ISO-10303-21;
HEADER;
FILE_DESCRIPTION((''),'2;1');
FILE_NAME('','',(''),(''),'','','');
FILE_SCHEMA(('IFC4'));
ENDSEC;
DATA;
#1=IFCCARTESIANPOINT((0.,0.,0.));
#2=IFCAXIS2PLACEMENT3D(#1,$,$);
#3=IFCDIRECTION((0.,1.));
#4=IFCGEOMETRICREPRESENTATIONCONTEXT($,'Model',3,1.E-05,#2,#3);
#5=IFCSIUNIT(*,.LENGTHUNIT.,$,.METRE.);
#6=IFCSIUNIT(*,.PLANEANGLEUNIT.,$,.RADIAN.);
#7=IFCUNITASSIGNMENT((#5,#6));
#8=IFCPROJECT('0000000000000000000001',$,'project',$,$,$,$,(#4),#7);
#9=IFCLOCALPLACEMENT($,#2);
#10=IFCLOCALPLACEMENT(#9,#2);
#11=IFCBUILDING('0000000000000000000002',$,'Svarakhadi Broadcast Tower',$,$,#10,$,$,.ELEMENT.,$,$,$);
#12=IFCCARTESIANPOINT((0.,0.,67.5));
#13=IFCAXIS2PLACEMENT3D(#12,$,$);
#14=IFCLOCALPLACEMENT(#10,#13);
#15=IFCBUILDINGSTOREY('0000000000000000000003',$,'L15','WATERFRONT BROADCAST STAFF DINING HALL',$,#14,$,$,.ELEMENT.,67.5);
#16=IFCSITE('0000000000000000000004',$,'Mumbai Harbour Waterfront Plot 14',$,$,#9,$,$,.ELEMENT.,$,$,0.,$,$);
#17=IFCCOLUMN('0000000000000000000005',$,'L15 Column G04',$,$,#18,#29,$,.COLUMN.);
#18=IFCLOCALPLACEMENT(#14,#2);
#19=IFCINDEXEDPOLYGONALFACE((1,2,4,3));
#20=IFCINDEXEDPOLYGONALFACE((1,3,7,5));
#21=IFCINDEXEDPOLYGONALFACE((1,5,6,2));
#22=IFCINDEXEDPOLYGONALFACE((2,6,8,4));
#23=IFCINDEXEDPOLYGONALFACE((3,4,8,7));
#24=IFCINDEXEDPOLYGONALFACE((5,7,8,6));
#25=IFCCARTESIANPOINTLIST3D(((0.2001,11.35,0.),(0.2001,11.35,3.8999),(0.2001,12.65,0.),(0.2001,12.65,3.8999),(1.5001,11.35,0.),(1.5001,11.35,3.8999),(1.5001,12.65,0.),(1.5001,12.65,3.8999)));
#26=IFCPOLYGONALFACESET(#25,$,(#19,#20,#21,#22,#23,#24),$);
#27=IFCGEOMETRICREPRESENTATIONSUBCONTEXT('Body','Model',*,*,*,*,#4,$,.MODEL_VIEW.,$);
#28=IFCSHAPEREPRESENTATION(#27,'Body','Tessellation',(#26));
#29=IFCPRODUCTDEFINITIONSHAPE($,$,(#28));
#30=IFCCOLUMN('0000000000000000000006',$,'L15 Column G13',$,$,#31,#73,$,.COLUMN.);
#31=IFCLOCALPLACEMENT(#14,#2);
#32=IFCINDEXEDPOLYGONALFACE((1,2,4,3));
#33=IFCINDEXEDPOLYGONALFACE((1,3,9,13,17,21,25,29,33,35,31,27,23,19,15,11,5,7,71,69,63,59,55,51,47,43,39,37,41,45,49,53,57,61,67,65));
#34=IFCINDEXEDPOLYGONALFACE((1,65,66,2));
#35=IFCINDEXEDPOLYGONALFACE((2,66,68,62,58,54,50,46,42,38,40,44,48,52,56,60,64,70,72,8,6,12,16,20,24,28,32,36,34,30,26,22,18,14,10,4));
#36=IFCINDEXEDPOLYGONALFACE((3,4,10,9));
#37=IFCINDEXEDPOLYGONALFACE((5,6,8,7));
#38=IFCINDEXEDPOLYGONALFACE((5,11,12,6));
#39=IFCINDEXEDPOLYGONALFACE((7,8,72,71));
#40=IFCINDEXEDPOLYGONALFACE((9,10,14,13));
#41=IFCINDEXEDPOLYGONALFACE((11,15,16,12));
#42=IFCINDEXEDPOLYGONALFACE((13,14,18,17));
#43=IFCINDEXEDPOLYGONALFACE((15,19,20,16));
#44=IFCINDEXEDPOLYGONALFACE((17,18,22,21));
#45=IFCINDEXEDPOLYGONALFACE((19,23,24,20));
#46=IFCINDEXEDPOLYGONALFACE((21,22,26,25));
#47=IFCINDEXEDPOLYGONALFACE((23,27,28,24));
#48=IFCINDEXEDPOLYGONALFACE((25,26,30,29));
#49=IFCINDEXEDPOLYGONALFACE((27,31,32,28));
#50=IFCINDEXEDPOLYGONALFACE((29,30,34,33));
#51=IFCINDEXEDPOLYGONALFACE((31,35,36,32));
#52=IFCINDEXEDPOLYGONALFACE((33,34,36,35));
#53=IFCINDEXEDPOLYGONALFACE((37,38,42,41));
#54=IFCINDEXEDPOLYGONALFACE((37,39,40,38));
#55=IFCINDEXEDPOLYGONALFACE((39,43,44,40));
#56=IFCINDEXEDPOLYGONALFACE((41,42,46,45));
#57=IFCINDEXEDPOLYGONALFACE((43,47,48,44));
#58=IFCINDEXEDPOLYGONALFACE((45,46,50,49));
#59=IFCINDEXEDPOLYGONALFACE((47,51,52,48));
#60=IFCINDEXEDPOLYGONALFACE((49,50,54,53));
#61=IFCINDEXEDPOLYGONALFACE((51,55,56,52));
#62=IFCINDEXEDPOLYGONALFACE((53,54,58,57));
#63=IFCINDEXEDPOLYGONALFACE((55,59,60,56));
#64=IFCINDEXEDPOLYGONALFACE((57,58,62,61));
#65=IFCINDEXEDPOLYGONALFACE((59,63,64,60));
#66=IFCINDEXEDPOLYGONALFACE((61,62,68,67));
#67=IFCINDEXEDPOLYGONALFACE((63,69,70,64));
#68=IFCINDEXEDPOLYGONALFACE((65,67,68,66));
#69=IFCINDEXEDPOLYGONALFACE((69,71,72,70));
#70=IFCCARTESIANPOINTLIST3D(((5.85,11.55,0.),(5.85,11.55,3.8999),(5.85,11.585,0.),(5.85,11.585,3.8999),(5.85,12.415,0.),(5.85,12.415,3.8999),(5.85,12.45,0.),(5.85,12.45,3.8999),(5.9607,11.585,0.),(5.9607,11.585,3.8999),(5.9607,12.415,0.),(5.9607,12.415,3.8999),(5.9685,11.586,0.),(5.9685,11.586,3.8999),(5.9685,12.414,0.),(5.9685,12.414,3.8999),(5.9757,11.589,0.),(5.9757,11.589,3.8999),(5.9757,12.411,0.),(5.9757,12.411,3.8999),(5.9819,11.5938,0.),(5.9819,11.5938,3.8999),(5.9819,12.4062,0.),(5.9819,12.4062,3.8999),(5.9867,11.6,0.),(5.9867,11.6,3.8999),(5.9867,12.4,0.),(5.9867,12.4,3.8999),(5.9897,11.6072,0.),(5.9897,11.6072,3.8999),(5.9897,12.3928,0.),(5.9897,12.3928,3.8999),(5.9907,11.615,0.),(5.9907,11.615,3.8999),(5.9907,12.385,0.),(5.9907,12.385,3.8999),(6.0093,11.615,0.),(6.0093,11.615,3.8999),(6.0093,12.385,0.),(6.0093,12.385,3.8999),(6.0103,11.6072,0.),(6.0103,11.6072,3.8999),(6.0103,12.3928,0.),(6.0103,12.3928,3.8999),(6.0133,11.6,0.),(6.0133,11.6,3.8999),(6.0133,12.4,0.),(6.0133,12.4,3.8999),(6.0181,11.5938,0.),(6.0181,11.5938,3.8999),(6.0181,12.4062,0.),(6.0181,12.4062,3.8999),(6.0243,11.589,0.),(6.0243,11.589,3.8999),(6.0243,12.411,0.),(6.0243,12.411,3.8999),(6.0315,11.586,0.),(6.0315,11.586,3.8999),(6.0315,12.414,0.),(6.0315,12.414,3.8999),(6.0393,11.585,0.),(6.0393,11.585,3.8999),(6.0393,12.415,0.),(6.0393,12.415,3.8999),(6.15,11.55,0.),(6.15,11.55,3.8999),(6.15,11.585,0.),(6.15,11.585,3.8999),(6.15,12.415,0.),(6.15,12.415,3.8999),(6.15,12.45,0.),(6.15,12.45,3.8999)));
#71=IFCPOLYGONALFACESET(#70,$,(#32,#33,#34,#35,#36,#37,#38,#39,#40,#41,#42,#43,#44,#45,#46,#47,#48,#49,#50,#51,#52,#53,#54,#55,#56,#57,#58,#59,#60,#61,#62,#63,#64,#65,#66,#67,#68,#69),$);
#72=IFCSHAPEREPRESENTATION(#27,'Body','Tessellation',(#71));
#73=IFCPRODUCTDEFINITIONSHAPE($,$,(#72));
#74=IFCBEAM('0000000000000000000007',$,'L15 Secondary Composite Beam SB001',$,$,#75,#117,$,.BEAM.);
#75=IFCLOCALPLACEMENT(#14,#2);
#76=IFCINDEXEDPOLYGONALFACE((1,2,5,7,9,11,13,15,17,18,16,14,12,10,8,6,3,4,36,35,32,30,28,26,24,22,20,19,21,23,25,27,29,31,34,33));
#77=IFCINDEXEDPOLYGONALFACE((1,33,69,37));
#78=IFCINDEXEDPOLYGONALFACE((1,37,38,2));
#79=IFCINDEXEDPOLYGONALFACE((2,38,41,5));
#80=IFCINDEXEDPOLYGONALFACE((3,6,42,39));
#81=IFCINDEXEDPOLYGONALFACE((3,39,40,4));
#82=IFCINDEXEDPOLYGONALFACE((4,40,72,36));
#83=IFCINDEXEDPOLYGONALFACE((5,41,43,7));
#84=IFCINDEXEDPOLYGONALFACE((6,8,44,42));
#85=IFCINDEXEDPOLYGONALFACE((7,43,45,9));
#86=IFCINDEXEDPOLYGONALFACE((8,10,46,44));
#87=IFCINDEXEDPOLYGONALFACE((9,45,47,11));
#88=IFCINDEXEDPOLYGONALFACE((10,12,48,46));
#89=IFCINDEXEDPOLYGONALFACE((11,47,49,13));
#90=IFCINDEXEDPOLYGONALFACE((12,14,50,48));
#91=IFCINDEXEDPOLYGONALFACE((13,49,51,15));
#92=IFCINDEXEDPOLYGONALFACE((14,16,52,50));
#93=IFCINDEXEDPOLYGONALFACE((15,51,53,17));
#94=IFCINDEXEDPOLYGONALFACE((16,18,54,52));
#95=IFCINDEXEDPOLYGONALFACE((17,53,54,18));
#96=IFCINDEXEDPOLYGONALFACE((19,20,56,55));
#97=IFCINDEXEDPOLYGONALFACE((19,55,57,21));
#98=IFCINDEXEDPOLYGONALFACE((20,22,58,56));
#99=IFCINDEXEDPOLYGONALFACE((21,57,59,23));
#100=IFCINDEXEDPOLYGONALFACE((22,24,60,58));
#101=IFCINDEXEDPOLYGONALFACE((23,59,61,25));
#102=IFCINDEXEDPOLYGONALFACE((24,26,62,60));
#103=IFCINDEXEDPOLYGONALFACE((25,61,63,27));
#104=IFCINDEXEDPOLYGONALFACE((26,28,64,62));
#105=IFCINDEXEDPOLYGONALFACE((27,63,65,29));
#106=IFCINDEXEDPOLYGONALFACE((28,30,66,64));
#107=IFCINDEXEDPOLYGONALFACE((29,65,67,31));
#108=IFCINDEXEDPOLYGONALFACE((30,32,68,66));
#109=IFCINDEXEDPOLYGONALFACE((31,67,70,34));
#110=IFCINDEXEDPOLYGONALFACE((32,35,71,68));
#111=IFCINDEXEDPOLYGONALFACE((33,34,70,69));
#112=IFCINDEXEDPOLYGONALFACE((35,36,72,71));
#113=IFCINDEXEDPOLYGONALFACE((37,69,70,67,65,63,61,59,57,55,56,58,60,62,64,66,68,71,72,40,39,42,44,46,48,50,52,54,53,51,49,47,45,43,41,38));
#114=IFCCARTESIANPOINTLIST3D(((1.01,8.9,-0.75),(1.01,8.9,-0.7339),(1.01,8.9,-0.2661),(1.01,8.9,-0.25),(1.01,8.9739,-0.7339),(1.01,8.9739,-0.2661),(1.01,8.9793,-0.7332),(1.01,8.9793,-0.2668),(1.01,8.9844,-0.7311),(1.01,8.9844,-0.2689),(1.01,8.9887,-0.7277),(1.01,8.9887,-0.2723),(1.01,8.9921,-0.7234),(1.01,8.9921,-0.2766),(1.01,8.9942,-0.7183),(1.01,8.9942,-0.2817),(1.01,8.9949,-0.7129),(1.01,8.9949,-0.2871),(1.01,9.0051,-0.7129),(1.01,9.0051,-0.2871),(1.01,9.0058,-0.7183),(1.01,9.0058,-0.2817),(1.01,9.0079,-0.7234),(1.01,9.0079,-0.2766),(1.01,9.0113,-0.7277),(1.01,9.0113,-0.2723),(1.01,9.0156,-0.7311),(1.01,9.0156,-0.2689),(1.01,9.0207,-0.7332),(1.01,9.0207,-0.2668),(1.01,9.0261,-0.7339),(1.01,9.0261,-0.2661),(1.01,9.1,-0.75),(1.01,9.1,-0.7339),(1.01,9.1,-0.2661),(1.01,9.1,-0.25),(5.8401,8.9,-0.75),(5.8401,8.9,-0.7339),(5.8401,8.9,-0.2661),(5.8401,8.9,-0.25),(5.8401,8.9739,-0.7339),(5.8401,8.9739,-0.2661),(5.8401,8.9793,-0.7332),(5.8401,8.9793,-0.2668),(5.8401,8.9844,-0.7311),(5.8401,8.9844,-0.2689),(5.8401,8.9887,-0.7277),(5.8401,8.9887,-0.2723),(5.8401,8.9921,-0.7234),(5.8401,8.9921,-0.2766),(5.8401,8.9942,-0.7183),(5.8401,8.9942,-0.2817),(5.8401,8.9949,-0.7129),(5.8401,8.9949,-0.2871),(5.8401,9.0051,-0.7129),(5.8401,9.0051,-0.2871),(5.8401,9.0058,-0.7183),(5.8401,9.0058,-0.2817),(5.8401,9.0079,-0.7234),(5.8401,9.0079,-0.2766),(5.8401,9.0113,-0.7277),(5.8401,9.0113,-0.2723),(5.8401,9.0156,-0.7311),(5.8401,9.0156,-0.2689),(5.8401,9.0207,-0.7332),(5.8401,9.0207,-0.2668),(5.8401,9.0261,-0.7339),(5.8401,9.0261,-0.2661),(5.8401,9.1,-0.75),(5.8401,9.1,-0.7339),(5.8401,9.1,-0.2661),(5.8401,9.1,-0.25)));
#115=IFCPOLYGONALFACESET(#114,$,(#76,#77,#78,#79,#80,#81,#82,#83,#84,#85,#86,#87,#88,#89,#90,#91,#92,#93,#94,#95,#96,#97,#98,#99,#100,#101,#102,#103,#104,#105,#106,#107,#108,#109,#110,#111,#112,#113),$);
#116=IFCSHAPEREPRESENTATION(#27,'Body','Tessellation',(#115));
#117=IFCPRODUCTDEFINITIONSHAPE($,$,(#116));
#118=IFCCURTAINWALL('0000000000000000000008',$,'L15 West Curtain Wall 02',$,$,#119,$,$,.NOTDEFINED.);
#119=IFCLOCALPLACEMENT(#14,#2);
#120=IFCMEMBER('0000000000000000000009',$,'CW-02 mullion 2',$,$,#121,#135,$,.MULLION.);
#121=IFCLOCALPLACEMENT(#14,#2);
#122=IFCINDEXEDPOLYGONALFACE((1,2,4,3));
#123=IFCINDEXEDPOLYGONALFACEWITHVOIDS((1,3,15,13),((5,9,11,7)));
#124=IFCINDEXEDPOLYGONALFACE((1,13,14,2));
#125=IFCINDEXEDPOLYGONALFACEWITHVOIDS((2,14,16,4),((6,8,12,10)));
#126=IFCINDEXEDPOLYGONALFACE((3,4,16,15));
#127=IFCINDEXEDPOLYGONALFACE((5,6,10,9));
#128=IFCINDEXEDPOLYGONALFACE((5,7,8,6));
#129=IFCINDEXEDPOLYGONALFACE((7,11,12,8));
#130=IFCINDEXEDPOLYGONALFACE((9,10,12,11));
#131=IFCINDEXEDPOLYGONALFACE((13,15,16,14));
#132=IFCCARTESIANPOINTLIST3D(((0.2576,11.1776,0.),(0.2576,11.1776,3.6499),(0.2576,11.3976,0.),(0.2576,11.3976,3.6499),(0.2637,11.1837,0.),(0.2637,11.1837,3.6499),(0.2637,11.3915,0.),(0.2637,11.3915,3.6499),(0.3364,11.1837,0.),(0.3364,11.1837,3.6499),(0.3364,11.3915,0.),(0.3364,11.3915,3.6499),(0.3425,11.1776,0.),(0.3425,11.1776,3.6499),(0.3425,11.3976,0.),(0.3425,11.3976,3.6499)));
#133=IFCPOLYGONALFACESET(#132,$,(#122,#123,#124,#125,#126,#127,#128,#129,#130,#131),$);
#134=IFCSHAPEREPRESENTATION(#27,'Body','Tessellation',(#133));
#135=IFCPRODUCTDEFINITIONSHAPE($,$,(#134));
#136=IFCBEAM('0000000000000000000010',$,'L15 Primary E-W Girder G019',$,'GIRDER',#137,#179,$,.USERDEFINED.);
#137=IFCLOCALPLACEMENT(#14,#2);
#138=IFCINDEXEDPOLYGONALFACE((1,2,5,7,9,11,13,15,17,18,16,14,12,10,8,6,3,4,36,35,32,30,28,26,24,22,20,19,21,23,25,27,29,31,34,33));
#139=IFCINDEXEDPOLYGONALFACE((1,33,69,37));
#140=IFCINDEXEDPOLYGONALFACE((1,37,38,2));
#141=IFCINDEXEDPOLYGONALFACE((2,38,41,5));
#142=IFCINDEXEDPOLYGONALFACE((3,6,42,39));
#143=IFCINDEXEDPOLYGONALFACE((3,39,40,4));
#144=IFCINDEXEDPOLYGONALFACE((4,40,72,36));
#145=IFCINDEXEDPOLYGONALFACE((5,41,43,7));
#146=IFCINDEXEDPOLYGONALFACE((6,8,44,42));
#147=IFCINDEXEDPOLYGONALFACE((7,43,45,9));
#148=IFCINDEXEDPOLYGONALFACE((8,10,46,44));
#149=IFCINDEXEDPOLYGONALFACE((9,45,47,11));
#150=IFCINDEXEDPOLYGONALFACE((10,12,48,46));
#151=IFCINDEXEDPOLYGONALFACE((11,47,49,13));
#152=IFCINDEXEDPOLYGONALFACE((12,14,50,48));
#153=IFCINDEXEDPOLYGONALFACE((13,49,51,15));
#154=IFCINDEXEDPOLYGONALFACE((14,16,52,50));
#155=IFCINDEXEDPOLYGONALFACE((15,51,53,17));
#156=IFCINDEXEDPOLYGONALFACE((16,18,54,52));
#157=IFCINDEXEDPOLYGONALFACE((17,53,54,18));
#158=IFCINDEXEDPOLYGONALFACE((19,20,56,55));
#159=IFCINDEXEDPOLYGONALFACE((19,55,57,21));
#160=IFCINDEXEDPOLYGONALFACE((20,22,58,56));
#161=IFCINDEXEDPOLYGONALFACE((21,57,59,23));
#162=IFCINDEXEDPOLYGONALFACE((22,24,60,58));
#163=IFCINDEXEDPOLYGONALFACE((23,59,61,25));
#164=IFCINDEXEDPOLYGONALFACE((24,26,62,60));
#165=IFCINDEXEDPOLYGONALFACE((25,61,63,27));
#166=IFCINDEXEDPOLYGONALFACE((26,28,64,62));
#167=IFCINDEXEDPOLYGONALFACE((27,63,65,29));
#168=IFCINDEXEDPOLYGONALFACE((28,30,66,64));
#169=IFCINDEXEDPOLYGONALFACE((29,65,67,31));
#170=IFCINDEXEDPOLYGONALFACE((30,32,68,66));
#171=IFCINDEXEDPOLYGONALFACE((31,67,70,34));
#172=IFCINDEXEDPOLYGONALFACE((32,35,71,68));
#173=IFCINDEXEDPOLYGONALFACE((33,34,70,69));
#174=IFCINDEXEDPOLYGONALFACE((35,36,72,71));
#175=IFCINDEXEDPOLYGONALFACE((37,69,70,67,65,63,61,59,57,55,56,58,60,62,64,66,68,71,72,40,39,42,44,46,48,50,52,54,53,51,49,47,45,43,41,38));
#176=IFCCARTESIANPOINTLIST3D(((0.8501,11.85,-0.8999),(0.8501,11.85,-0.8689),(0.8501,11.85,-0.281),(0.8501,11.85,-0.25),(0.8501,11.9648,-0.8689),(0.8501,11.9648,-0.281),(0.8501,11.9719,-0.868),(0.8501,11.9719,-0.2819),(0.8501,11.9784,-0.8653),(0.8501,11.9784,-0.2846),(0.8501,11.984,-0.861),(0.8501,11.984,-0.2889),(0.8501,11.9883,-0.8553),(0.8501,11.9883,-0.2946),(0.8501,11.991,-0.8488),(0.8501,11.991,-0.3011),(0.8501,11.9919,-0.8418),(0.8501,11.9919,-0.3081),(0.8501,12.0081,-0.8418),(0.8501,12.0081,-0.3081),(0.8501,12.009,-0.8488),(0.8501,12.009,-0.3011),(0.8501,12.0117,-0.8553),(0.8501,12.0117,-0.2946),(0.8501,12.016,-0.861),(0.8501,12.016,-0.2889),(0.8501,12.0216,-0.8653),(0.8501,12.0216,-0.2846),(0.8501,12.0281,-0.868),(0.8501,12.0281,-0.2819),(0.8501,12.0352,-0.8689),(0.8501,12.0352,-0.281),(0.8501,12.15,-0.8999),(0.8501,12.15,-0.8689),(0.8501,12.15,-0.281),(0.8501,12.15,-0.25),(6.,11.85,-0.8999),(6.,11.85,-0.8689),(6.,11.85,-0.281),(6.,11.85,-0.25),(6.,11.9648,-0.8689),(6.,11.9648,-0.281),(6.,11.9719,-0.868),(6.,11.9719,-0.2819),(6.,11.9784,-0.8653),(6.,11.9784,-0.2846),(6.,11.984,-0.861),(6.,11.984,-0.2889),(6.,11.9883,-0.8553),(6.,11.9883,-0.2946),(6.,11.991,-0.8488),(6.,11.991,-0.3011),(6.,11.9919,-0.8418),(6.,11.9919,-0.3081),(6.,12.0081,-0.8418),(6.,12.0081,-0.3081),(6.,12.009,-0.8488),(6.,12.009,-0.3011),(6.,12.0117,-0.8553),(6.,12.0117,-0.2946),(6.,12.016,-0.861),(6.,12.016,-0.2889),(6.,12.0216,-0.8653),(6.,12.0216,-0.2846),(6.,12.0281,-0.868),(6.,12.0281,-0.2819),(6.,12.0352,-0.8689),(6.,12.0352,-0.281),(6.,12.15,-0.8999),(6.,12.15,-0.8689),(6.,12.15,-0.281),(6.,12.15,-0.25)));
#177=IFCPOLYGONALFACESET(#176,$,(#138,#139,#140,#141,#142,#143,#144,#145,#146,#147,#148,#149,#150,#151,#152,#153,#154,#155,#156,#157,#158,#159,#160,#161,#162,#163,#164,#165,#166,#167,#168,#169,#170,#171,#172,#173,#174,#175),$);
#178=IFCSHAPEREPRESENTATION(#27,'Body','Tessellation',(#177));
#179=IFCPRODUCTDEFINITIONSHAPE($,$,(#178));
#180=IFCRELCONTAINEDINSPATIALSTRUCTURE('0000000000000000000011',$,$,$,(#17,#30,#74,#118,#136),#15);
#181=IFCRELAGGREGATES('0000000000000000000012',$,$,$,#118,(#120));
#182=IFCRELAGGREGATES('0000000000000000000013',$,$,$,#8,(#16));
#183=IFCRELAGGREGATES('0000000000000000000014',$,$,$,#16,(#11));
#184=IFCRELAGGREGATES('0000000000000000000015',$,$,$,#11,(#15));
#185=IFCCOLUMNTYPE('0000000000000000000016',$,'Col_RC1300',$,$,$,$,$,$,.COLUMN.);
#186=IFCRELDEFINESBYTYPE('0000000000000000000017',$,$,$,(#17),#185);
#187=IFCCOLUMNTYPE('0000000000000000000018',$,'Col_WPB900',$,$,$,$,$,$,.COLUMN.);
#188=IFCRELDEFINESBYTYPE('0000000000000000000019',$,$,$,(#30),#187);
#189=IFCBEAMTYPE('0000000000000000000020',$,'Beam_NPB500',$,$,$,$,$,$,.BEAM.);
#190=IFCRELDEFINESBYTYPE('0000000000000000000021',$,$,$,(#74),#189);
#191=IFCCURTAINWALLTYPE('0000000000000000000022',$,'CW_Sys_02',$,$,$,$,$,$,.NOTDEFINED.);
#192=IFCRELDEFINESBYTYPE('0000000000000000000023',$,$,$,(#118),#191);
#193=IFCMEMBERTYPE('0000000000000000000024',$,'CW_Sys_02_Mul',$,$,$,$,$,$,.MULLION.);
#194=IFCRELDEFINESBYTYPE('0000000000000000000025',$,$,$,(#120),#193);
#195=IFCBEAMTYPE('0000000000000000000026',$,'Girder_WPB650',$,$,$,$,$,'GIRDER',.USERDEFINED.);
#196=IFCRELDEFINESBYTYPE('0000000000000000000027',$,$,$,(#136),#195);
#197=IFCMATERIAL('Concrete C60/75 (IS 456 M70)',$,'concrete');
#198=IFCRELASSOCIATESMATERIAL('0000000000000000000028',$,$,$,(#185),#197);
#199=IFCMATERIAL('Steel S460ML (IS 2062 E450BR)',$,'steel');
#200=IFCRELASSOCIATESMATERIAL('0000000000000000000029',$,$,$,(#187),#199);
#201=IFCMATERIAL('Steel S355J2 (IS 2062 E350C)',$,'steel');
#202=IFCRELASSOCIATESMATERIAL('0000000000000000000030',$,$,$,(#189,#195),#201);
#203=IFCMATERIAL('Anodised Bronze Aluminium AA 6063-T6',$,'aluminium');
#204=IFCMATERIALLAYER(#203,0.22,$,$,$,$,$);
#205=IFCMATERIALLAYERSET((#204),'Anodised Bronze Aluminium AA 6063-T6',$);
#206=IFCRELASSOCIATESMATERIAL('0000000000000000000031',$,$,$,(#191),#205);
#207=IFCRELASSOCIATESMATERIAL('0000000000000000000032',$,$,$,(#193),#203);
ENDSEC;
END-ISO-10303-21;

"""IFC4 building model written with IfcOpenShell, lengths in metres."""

from ifc_helpers import new_model, si_unit, direction, frame, origin, origin_2d, place, context, subcontext, project, spatial, rectangle, hollow_rectangle, i_section, extrude, material, layer, layer_set, material_profile, profile_set, type_object, element, aggregate, save


model = new_model("IFC4")

# Units and contexts
model_context = context("Model", 3, precision=1e-05, world=origin(), true_north=direction((0.0, 1.0)))
body_context = subcontext(model_context, "Body", "Model", "MODEL_VIEW")
ifc_project = project(units=[si_unit("LENGTHUNIT", "METRE"), si_unit("PLANEANGLEUNIT", "RADIAN")], contexts=[model_context])

# Site, building, storey
site_placement = place(None, origin())
site = spatial("IfcSite", under=ifc_project, at=site_placement, Name="Mumbai Harbour Waterfront Plot 14", CompositionType="ELEMENT", RefElevation=0.0)
building_placement = place(site_placement, origin())
building = spatial("IfcBuilding", under=site, at=building_placement, Name="Svarakhadi Broadcast Tower", CompositionType="ELEMENT")
storey_placement = place(building_placement, frame((0.0, 0.0, 67.5)))
storey = spatial("IfcBuildingStorey", under=building, at=storey_placement, Name="L15", Description="WATERFRONT BROADCAST STAFF DINING HALL", CompositionType="ELEMENT", Elevation=67.5)

# Columns
ifc_material_1 = material(Name="Concrete C60/75 (IS 456 M70)", Category="concrete")
ifc_material_profile_1 = material_profile(ifc_material_1, rectangle(XDim=1.3, YDim=1.3, at=origin_2d()), Name="RC 1300x1300")
ifc_profile_set_1 = profile_set([ifc_material_profile_1], Name="Concrete C60/75 (IS 456 M70)")
column_type_1 = type_object("IfcColumnType", Name="Col_RC1300", PredefinedType="COLUMN", material=ifc_profile_set_1)
column_1_placement = place(storey_placement, frame((0.8501, 12.0, 0.0), z_axis=(0.0, 0.0, 1.0), x_axis=(1.0, 0.0, 0.0)))
element("IfcColumn", 1, at=column_1_placement, inside=storey, type_object=column_type_1, Name="L15 Column G04", PredefinedType="COLUMN", context=body_context, shape_type="SweptSolid", body=[
    extrude(rectangle(XDim=1.3, YDim=1.3, at=origin_2d()), origin(), (0.0, 0.0, 1.0), 3.8999),
])
ifc_material_2 = material(Name="Steel S460ML (IS 2062 E450BR)", Category="steel")
ifc_material_profile_2 = material_profile(ifc_material_2, i_section(OverallWidth=0.3, OverallDepth=0.8999, WebThickness=0.0186, FlangeThickness=0.0349, FilletRadius=0.03, at=origin_2d()), Name="WPB 900x300x291")
ifc_profile_set_2 = profile_set([ifc_material_profile_2], Name="Steel S460ML (IS 2062 E450BR)")
column_type_2 = type_object("IfcColumnType", Name="Col_WPB900", PredefinedType="COLUMN", material=ifc_profile_set_2)
column_2_placement = place(storey_placement, frame((6.0, 12.0, 0.0), z_axis=(0.0, 0.0, 1.0), x_axis=(1.0, 0.0, 0.0)))
element("IfcColumn", 2, at=column_2_placement, inside=storey, type_object=column_type_2, Name="L15 Column G13", PredefinedType="COLUMN", context=body_context, shape_type="SweptSolid", body=[
    extrude(i_section(OverallWidth=0.3, OverallDepth=0.8999, WebThickness=0.0186, FlangeThickness=0.0349, FilletRadius=0.03, at=origin_2d()), origin(), (0.0, 0.0, 1.0), 3.8999),
])

# Beam
ifc_material_3 = material(Name="Steel S355J2 (IS 2062 E350C)", Category="steel")
ifc_material_profile_3 = material_profile(ifc_material_3, i_section(OverallWidth=0.2, OverallDepth=0.5, WebThickness=0.0103, FlangeThickness=0.0161, FilletRadius=0.021, at=origin_2d()), Name="NPB 500x200x91")
ifc_profile_set_3 = profile_set([ifc_material_profile_3], Name="Steel S355J2 (IS 2062 E350C)")
beam_type_1 = type_object("IfcBeamType", Name="Beam_NPB500", PredefinedType="BEAM", material=ifc_profile_set_3)
beam_1_placement = place(storey_placement, frame((1.01, 9.0, -0.5), z_axis=(1.0, 0.0, 0.0), x_axis=(0.0, 1.0, 0.0)))
element("IfcBeam", 3, at=beam_1_placement, inside=storey, type_object=beam_type_1, Name="L15 Secondary Composite Beam SB001", PredefinedType="BEAM", context=body_context, shape_type="SweptSolid", body=[
    extrude(i_section(OverallWidth=0.2, OverallDepth=0.5, WebThickness=0.0103, FlangeThickness=0.0161, FilletRadius=0.021, at=origin_2d()), origin(), (0.0, 0.0, 1.0), 4.8301),
])

# Curtain wall, member
ifc_material_4 = material(Name="Anodised Bronze Aluminium AA 6063-T6", Category="aluminium")
ifc_layer_1 = layer(ifc_material_4, 0.22)
ifc_layer_set_1 = layer_set([ifc_layer_1], Name="Anodised Bronze Aluminium AA 6063-T6")
curtain_wall_type = type_object("IfcCurtainWallType", Name="CW_Sys_02", PredefinedType="NOTDEFINED", material=ifc_layer_set_1)
curtain_wall_placement = place(storey_placement, origin())
curtain_wall = element("IfcCurtainWall", 4, at=curtain_wall_placement, inside=storey, type_object=curtain_wall_type, Name="L15 West Curtain Wall 02", PredefinedType="NOTDEFINED")
ifc_material_profile_4 = material_profile(ifc_material_4, hollow_rectangle(XDim=0.085, YDim=0.22, WallThickness=0.0061, at=origin_2d()), Name="ALU MULLION 220x85x6")
ifc_profile_set_4 = profile_set([ifc_material_profile_4], Name="Anodised Bronze Aluminium AA 6063-T6")
member_type = type_object("IfcMemberType", Name="CW_Sys_02_Mul", PredefinedType="MULLION", material=ifc_profile_set_4)
member_placement = place(storey_placement, frame((0.3, 11.2876, 0.0), z_axis=(0.0, 0.0, 1.0), x_axis=(-1.0, 0.0, 0.0)))
member = element("IfcMember", 5, at=member_placement, type_object=member_type, Name="CW-02 mullion 2", PredefinedType="MULLION", context=body_context, shape_type="SweptSolid", body=[
    extrude(hollow_rectangle(XDim=0.085, YDim=0.22, WallThickness=0.0061, at=origin_2d()), origin(), (0.0, 0.0, 1.0), 3.6499),
])

# Beam
ifc_material_profile_5 = material_profile(ifc_material_3, i_section(OverallWidth=0.3, OverallDepth=0.6499, WebThickness=0.0161, FlangeThickness=0.031, FilletRadius=0.0271, at=origin_2d()), Name="WPB 650x300x225")
ifc_profile_set_5 = profile_set([ifc_material_profile_5], Name="Steel S355J2 (IS 2062 E350C)")
beam_type_2 = type_object("IfcBeamType", Name="Girder_WPB650", ElementType="GIRDER", PredefinedType="USERDEFINED", material=ifc_profile_set_5)
beam_2_placement = place(storey_placement, frame((0.8501, 12.0, -0.575), z_axis=(1.0, 0.0, 0.0), x_axis=(0.0, 1.0, 0.0)))
element("IfcBeam", 6, at=beam_2_placement, inside=storey, type_object=beam_type_2, Name="L15 Primary E-W Girder G019", ObjectType="GIRDER", PredefinedType="USERDEFINED", context=body_context, shape_type="SweptSolid", body=[
    extrude(i_section(OverallWidth=0.3, OverallDepth=0.6499, WebThickness=0.0161, FlangeThickness=0.031, FilletRadius=0.0271, at=origin_2d()), origin(), (0.0, 0.0, 1.0), 5.1499),
])

aggregate(curtain_wall, [member])

save(model, "model.ifc")
